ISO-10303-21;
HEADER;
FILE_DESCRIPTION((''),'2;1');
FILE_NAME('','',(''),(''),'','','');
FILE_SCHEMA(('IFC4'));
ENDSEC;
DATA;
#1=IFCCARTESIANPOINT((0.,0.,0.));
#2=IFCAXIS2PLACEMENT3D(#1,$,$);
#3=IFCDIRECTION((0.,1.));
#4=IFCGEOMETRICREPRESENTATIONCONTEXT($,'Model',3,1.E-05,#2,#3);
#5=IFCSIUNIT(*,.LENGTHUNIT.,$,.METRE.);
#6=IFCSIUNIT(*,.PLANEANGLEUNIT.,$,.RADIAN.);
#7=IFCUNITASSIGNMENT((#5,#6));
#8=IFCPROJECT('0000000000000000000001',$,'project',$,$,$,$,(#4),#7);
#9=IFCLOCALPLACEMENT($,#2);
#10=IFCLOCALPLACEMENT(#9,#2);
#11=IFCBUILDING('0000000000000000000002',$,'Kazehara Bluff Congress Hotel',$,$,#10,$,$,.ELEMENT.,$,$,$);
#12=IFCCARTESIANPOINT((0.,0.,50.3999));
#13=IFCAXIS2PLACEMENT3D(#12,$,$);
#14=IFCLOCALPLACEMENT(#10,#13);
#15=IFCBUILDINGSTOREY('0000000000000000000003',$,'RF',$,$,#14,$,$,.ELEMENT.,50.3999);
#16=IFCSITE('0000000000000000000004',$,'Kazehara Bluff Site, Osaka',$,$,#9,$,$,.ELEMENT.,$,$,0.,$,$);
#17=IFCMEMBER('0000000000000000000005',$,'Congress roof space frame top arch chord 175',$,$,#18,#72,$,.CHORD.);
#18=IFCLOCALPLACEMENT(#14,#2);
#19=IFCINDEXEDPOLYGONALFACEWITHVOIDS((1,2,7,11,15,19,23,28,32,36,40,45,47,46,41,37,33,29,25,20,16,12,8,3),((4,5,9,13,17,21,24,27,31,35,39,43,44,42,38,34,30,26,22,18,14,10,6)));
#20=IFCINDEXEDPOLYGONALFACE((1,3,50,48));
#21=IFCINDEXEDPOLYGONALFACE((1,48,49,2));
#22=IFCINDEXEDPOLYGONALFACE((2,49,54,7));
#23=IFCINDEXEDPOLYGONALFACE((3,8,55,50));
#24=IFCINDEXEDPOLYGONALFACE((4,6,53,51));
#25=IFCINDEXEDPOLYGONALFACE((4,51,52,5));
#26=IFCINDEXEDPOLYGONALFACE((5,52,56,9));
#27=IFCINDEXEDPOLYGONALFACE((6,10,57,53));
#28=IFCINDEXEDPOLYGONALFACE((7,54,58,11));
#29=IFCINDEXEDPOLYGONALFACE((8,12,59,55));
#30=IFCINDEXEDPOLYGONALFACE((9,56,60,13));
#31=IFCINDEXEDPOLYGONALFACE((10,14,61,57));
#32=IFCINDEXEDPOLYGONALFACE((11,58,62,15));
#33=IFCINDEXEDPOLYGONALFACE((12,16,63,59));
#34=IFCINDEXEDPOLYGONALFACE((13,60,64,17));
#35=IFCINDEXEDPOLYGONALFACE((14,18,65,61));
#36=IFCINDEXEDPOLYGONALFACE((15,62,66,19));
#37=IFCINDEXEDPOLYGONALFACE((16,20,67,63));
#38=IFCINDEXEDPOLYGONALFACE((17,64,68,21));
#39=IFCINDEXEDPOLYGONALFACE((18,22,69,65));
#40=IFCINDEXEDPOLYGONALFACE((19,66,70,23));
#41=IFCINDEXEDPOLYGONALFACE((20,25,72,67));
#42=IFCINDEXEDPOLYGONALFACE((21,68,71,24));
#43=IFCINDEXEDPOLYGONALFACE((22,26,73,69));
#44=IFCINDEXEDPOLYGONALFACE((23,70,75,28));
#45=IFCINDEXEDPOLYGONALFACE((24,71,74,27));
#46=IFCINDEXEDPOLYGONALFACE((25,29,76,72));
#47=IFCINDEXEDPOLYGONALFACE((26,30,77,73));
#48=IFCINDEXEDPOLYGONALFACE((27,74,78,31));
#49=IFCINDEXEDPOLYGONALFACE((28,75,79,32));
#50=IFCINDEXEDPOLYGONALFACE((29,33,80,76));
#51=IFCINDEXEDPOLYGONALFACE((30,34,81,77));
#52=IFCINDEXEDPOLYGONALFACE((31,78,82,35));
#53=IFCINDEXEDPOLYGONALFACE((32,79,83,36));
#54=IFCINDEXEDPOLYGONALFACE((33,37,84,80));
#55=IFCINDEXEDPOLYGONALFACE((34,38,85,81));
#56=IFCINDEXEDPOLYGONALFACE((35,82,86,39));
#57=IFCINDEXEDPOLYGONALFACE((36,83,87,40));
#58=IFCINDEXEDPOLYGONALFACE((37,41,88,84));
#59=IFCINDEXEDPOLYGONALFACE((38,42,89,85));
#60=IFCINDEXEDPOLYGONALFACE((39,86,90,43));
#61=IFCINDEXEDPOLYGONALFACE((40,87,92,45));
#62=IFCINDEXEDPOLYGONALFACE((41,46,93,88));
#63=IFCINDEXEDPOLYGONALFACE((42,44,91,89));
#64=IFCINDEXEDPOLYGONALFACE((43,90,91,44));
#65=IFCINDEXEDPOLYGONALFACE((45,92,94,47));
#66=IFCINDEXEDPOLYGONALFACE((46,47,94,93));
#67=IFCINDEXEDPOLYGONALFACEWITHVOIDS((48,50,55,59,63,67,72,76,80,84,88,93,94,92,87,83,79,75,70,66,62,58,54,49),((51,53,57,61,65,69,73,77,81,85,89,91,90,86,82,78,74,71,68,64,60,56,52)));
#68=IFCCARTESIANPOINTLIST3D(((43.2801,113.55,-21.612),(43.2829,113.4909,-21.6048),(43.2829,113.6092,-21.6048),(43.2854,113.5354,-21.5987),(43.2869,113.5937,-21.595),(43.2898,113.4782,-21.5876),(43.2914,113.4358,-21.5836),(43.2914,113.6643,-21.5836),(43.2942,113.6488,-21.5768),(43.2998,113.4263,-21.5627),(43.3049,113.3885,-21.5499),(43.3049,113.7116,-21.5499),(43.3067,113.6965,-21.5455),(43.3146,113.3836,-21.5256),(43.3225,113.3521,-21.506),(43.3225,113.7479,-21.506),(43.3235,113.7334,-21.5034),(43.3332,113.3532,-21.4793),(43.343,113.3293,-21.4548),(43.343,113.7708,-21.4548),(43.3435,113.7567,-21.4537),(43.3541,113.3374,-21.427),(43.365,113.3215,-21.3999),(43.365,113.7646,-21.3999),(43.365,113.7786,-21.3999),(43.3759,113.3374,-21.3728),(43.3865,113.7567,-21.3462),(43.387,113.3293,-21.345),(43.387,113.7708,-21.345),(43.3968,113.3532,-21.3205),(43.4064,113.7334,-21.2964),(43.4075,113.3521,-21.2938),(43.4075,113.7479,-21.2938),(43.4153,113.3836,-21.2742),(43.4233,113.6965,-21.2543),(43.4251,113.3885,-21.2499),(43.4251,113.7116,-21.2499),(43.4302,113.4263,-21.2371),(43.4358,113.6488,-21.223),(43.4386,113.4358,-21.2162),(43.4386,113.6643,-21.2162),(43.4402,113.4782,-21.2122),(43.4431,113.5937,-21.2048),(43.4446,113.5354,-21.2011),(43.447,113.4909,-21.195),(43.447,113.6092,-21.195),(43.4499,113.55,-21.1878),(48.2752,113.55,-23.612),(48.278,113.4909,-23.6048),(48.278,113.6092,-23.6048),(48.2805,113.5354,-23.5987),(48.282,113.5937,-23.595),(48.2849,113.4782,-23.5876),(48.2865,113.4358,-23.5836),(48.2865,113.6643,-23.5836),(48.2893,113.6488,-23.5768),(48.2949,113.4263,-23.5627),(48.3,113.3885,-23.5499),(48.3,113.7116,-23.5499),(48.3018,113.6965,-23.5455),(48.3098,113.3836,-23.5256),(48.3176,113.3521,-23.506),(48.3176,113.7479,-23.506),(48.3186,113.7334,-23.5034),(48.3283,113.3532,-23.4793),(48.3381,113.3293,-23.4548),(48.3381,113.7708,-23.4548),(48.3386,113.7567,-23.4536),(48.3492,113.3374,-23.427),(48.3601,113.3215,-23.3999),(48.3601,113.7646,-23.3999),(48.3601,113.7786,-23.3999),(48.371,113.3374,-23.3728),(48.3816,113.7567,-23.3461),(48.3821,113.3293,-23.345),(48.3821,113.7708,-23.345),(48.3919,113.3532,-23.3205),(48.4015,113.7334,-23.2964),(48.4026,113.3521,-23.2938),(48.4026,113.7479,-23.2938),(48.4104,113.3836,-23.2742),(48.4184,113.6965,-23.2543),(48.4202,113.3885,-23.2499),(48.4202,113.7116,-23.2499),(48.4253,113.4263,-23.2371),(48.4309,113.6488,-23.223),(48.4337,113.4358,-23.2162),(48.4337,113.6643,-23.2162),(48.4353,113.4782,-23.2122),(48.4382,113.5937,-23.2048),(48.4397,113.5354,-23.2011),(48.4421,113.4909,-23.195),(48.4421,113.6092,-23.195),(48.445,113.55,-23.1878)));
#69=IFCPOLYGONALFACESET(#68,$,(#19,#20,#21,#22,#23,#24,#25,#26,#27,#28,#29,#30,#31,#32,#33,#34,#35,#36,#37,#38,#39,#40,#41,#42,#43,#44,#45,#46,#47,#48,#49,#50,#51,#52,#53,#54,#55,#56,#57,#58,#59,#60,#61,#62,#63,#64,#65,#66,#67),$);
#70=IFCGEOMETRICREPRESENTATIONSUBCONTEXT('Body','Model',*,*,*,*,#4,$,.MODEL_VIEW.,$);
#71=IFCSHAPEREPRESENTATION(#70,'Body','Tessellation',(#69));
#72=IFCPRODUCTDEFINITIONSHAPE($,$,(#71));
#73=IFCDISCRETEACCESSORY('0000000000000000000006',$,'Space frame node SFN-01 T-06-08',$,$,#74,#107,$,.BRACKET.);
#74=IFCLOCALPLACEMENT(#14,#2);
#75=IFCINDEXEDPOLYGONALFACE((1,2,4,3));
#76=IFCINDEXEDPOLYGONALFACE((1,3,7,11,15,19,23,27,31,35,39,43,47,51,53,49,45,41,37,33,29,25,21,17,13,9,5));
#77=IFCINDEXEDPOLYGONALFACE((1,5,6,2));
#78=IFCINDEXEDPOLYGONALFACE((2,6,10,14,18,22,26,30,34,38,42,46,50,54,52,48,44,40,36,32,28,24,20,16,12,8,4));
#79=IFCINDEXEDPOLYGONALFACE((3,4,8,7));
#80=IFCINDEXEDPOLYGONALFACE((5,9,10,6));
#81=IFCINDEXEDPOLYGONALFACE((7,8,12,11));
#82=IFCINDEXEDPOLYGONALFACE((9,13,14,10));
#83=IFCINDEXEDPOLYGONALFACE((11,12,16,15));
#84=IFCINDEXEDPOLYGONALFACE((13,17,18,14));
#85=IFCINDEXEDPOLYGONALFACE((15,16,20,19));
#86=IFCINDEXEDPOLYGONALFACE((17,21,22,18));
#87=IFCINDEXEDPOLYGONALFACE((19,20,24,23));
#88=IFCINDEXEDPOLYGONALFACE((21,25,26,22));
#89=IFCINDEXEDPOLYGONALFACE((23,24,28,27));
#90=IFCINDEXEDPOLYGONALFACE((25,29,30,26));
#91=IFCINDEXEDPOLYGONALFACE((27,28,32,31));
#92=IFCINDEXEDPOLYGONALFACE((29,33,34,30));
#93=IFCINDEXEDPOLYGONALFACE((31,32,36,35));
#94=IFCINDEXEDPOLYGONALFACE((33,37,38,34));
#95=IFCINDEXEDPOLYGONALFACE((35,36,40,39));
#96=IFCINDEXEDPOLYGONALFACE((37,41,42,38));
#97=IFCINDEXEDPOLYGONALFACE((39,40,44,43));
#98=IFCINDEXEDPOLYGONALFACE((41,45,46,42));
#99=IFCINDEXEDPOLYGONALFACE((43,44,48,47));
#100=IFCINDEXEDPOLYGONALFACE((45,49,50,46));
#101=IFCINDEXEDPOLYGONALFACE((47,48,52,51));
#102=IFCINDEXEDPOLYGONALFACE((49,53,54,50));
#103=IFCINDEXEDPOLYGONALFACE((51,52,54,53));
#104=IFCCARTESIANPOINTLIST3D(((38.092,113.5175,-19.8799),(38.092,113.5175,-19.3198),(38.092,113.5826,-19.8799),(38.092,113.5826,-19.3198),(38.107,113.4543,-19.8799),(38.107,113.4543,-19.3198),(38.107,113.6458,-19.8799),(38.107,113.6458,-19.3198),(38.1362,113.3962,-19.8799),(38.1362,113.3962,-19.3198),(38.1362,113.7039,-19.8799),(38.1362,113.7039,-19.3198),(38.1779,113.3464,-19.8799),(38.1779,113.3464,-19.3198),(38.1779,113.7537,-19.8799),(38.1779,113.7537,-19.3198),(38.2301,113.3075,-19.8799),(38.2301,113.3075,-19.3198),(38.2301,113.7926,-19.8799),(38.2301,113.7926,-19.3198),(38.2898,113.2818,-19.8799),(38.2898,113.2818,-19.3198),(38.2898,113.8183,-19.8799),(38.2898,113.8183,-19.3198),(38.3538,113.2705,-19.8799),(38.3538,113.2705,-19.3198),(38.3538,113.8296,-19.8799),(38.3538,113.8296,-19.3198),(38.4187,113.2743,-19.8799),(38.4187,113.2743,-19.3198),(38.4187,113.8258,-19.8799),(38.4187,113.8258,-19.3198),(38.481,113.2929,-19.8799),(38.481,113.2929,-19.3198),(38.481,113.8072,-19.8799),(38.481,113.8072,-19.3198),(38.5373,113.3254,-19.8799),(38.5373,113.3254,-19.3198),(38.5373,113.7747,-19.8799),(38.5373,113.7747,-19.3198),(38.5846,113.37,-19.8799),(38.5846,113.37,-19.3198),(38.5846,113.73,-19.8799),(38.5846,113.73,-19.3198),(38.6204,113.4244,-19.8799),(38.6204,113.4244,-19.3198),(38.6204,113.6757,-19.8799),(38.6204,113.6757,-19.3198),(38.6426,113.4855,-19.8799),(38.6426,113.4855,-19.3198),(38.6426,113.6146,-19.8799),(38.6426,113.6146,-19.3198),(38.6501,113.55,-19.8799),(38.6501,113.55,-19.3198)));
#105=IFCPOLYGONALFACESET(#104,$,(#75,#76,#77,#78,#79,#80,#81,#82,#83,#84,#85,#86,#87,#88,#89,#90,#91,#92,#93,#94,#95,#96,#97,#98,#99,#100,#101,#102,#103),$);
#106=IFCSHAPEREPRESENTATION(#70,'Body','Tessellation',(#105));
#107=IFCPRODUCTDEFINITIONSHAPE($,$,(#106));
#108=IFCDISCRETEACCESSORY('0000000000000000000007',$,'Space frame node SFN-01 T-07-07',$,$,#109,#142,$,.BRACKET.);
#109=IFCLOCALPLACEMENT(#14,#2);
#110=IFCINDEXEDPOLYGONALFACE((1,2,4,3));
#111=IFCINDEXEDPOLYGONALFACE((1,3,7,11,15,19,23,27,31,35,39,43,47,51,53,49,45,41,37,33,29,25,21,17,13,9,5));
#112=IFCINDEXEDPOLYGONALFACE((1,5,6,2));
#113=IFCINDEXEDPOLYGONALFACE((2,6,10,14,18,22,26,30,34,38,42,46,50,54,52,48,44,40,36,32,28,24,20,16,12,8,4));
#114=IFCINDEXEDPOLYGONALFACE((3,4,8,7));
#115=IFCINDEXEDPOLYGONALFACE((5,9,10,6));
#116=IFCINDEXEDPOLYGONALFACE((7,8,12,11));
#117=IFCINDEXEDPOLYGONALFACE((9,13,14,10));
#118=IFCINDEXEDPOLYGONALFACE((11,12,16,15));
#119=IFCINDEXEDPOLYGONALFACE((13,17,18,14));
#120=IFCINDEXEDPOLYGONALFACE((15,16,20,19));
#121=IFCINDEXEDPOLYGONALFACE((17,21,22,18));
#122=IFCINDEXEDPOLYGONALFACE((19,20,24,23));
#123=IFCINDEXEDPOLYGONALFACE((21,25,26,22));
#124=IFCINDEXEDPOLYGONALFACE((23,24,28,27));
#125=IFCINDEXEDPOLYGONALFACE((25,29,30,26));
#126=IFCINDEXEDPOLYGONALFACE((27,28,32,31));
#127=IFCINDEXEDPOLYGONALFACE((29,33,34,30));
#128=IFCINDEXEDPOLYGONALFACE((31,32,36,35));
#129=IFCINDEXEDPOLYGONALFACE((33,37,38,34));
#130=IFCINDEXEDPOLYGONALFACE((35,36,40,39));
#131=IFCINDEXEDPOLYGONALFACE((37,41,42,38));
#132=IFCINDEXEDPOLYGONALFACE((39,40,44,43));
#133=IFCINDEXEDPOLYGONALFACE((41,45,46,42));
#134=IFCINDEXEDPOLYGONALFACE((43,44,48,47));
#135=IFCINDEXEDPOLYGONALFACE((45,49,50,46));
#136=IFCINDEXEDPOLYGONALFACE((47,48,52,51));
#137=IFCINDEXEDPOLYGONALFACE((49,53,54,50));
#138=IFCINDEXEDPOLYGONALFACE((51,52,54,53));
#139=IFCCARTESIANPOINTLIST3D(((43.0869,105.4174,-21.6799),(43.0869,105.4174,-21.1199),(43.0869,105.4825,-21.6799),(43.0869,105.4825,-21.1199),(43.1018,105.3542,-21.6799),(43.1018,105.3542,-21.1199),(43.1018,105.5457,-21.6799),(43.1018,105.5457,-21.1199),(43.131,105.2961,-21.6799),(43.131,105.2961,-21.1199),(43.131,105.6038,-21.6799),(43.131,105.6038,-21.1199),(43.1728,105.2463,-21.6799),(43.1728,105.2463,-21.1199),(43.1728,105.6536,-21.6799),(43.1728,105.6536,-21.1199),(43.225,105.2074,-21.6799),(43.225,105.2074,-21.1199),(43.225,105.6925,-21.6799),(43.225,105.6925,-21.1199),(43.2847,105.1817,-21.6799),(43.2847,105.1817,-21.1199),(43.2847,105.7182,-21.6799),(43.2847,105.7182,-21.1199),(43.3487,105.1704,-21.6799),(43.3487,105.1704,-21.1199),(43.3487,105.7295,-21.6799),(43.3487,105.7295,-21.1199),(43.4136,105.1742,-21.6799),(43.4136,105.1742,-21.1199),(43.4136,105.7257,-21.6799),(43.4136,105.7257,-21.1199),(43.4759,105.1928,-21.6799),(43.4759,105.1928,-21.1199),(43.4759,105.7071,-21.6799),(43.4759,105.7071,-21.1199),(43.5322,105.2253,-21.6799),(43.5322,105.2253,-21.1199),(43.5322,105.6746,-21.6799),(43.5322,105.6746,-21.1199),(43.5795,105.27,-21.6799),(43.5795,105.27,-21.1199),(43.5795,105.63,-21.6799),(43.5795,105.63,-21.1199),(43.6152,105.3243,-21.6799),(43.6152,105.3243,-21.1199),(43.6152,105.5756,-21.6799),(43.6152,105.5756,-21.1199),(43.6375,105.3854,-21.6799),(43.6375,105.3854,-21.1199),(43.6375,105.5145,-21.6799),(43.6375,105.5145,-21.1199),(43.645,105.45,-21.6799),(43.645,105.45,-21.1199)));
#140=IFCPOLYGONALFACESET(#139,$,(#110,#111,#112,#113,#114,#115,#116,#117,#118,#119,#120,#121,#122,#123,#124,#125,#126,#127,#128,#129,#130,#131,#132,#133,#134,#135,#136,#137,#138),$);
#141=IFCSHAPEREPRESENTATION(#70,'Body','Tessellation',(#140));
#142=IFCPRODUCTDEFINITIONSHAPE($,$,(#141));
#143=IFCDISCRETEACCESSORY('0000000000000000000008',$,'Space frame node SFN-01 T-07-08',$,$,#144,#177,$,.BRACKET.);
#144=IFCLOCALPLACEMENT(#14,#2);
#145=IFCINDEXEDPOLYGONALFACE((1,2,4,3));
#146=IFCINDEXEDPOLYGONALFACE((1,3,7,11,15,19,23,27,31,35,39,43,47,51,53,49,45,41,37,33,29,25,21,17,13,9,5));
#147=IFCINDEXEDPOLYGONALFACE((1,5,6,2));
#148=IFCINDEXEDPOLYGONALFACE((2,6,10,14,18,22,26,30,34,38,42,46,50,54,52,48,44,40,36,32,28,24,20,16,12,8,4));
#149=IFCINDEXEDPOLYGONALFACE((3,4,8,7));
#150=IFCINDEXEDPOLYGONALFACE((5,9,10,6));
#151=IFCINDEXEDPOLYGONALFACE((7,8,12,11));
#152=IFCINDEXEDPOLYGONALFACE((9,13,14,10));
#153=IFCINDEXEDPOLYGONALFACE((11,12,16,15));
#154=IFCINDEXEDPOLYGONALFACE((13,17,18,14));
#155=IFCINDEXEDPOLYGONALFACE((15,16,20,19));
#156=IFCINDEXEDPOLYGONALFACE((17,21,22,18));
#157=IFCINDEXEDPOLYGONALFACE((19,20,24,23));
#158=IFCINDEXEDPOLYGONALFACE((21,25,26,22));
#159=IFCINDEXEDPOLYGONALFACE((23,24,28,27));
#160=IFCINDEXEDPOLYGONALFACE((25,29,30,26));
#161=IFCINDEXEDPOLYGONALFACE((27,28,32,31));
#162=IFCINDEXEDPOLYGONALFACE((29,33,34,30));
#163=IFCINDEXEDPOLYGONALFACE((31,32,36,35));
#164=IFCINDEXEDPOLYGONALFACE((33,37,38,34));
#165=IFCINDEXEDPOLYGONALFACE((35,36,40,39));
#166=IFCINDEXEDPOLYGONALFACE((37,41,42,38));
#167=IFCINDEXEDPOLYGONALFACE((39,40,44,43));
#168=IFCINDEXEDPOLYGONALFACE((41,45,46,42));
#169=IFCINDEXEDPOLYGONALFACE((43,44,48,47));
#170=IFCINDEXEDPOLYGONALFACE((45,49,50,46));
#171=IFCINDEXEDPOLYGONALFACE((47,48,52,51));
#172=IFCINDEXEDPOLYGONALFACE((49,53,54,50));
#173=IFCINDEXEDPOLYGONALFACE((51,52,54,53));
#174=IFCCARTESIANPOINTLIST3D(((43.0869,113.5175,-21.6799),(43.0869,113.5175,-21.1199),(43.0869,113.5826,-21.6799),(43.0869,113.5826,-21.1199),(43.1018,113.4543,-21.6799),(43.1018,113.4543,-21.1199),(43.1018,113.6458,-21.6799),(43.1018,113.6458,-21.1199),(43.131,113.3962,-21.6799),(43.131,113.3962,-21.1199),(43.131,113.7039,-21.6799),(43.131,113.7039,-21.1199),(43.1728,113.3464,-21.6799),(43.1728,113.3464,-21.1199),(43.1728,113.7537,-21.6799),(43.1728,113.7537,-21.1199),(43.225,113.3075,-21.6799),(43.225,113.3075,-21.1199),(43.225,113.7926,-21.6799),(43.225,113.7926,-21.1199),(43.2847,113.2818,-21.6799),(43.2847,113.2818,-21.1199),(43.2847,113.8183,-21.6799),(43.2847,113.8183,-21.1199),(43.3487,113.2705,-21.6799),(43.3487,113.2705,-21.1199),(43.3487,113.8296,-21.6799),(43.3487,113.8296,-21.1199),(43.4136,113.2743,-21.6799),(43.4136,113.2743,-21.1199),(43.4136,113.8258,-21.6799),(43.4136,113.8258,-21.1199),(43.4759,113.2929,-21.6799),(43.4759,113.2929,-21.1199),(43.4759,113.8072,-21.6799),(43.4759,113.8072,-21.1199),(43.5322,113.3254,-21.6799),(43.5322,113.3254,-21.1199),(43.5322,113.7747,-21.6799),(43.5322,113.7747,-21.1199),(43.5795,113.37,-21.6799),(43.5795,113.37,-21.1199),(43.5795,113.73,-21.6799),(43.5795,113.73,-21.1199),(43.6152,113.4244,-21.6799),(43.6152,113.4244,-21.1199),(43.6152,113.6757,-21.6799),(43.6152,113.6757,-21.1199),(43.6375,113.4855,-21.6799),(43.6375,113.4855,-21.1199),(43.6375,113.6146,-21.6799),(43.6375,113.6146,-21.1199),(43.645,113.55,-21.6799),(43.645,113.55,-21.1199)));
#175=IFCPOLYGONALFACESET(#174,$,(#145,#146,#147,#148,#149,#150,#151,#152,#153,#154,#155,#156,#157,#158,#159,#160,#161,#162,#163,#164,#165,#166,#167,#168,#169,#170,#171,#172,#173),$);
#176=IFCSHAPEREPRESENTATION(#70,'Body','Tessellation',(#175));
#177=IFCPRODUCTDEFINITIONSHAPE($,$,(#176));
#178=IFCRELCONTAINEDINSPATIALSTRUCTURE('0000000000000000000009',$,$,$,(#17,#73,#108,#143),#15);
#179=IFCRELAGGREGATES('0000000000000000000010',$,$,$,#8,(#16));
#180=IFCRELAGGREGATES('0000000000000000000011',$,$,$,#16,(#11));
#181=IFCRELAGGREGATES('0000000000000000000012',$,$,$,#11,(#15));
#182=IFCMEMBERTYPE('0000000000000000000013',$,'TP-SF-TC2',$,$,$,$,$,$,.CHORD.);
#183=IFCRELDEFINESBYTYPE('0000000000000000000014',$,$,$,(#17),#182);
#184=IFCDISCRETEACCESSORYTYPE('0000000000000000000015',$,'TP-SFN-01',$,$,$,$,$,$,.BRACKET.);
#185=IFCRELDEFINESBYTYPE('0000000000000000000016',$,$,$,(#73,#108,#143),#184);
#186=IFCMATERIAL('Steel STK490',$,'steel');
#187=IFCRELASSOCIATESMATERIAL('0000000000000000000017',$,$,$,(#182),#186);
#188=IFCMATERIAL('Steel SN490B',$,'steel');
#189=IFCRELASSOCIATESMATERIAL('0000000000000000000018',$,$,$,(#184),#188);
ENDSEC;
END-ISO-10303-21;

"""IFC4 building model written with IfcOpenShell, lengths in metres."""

from ifc_helpers import new_model, si_unit, direction, frame, origin, origin_2d, place, context, subcontext, project, spatial, circle, hollow_circle, extrude, material, material_profile, profile_set, type_object, element, save


model = new_model("IFC4")

# Units and contexts
model_context = context("Model", 3, precision=1e-05, world=origin(), true_north=direction((0.0, 1.0)))
body_context = subcontext(model_context, "Body", "Model", "MODEL_VIEW")
ifc_project = project(units=[si_unit("LENGTHUNIT", "METRE"), si_unit("PLANEANGLEUNIT", "RADIAN")], contexts=[model_context])

# Site, building, storey
site_placement = place(None, origin())
site = spatial("IfcSite", under=ifc_project, at=site_placement, Name="Kazehara Bluff Site, Osaka", CompositionType="ELEMENT", RefElevation=0.0)
building_placement = place(site_placement, origin())
building = spatial("IfcBuilding", under=site, at=building_placement, Name="Kazehara Bluff Congress Hotel", CompositionType="ELEMENT")
storey_placement = place(building_placement, frame((0.0, 0.0, 50.3999)))
storey = spatial("IfcBuildingStorey", under=building, at=storey_placement, Name="RF", CompositionType="ELEMENT", Elevation=50.3999)

# Member
ifc_material_1 = material(Name="Steel STK490", Category="steel")
ifc_material_profile_1 = material_profile(ifc_material_1, hollow_circle(Radius=0.2285, WallThickness=0.0139, at=origin_2d()))
ifc_profile_set_1 = profile_set([ifc_material_profile_1], Name="Steel STK490")
member_type_1 = type_object("IfcMemberType", Name="TP-SF-TC2", PredefinedType="CHORD", material=ifc_profile_set_1)
member_1_placement = place(storey_placement, frame((43.365, 113.55, -21.3999), z_axis=(0.928351, 0.0, -0.371704), x_axis=(0.0, 1.0, 0.0)))
element("IfcMember", 1, at=member_1_placement, inside=storey, type_object=member_type_1, Name="Congress roof space frame top arch chord 175", PredefinedType="CHORD", context=body_context, shape_type="SweptSolid", body=[
    extrude(hollow_circle(Radius=0.2285, WallThickness=0.0139, at=origin_2d()), origin(), (0.0, 0.0, 1.0), 5.3806),
])

# Discrete accessories
ifc_material_2 = material(Name="Steel SN490B", Category="steel")
ifc_material_profile_2 = material_profile(ifc_material_2, circle(Radius=0.28, at=origin_2d()))
ifc_profile_set_2 = profile_set([ifc_material_profile_2], Name="Steel SN490B")
discrete_accessory_type_1 = type_object("IfcDiscreteAccessoryType", Name="TP-SFN-01", PredefinedType="BRACKET", material=ifc_profile_set_2)
for number, where, z_axis, x_axis, name in (
    (2, (38.3701, 113.55, -19.8799), (0.0, 0.0, 1.0), (1.0, 0.0, 0.0), "Space frame node SFN-01 T-06-08"),
    (3, (43.365, 105.45, -21.6799), (0.0, 0.0, 1.0), (1.0, 0.0, 0.0), "Space frame node SFN-01 T-07-07"),
    (4, (43.365, 113.55, -21.6799), (0.0, 0.0, 1.0), (1.0, 0.0, 0.0), "Space frame node SFN-01 T-07-08"),
):
    element("IfcDiscreteAccessory", number, at=place(storey_placement, frame(where, z_axis=z_axis, x_axis=x_axis)), inside=storey, type_object=discrete_accessory_type_1, Name=name, PredefinedType="BRACKET", context=body_context, shape_type="SweptSolid", body=[
        extrude(circle(Radius=0.28, at=origin_2d()), origin(), (0.0, 0.0, 1.0), 0.5601),
    ])

save(model, "model.ifc")
